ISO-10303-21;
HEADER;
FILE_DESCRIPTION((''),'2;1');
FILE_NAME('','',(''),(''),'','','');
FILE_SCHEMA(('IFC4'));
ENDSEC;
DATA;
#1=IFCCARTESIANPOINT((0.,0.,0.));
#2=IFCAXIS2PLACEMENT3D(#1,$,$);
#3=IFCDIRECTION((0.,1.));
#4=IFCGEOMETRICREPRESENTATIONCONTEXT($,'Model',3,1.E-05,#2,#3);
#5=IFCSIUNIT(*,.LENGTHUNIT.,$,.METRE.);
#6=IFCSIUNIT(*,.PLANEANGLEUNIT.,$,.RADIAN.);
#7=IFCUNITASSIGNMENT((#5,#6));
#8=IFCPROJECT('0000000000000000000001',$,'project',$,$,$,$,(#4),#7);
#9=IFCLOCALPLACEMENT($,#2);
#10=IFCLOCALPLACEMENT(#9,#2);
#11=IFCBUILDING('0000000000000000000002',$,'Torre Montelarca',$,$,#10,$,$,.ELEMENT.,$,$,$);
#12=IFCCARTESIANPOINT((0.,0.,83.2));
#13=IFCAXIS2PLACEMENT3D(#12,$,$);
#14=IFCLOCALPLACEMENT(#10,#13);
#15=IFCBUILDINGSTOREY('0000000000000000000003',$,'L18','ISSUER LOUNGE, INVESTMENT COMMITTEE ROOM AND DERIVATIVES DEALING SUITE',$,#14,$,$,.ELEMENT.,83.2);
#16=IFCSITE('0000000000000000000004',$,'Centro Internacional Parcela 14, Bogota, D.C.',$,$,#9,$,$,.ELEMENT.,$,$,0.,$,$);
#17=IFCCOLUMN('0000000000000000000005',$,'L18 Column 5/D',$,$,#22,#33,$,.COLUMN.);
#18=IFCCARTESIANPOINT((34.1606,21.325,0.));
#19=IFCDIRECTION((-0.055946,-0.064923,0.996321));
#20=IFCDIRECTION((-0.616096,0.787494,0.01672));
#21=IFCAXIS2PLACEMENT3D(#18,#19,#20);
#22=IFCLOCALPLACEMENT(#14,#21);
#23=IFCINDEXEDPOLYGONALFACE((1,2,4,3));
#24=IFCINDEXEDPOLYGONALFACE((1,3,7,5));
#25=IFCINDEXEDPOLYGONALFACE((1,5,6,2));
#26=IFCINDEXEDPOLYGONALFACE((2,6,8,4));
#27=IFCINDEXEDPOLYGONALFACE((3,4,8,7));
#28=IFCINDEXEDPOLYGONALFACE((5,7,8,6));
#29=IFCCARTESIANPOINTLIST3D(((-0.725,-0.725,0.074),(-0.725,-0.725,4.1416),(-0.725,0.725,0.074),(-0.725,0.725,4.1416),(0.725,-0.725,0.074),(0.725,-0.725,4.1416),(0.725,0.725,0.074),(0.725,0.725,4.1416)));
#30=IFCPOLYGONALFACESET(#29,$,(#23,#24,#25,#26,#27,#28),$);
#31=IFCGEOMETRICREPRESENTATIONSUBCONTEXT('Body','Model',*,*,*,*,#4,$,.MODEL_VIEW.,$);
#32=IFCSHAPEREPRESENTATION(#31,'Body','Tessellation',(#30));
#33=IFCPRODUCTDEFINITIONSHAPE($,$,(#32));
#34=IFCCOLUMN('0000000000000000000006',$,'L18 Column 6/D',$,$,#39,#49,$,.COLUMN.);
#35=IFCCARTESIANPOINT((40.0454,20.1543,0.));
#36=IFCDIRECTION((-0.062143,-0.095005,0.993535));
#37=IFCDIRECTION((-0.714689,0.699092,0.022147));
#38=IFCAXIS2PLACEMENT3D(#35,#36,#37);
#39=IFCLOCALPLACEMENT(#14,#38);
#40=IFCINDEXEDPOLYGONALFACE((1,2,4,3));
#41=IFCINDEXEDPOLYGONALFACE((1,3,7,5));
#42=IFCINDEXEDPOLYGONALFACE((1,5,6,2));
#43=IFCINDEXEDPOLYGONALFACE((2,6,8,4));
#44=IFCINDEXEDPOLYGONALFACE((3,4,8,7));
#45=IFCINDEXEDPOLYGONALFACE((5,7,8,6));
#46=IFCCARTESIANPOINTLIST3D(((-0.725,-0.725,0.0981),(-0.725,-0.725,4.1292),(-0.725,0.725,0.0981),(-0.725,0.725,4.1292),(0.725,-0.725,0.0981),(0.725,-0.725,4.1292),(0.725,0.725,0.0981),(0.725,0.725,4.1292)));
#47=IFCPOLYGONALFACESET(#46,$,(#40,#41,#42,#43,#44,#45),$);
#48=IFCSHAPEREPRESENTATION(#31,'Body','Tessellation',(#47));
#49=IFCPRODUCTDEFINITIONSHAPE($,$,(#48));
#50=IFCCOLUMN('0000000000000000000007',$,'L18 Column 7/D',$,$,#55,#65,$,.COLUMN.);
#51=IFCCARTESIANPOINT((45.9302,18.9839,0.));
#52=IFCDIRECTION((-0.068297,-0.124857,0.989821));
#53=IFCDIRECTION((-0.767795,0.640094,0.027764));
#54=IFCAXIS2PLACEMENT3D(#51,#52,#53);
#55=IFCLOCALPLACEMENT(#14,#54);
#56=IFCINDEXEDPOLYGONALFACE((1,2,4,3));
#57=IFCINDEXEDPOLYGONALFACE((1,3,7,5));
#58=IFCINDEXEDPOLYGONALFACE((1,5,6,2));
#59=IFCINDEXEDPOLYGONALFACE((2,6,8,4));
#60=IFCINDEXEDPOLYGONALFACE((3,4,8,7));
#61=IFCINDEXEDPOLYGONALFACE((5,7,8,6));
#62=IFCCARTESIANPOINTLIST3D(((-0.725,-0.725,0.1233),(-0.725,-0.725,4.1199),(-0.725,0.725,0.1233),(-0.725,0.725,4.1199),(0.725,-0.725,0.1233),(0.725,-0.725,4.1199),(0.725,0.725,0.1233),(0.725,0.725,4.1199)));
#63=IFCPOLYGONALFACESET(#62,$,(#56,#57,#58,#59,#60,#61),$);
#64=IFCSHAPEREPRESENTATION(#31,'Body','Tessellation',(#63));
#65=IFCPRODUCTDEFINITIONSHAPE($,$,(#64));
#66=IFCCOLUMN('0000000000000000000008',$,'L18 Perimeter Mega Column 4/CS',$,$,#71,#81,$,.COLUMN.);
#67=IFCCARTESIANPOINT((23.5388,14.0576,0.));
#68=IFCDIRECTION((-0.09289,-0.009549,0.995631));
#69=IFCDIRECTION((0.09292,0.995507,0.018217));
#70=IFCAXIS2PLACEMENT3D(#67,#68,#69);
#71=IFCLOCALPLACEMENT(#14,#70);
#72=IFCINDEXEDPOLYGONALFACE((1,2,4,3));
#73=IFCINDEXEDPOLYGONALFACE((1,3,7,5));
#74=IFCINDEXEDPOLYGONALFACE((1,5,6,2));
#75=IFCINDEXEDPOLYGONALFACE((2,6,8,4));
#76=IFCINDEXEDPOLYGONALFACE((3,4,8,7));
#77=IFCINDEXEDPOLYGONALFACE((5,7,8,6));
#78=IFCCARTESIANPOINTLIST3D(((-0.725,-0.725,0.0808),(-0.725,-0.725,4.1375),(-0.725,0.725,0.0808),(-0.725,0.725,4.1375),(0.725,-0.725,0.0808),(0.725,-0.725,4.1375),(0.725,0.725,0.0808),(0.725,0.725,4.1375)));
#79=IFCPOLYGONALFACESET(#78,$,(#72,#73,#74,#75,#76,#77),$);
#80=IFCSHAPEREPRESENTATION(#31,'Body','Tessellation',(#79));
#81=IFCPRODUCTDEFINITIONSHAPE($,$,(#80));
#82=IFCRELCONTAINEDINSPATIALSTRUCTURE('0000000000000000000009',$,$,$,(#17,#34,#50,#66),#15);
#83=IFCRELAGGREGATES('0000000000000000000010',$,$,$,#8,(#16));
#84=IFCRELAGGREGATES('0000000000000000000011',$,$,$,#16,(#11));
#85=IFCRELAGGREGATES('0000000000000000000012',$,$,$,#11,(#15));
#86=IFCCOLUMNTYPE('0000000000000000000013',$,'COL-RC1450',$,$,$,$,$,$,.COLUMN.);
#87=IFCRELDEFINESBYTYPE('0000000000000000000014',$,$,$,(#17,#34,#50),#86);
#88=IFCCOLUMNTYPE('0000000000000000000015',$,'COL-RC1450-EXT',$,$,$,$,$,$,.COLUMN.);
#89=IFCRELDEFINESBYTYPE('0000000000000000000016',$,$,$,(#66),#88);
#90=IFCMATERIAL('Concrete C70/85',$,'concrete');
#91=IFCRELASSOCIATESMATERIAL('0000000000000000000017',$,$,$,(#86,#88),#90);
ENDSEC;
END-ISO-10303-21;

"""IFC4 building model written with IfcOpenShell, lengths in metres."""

from ifc_helpers import new_model, si_unit, direction, frame, origin, origin_2d, place, context, subcontext, project, spatial, rectangle, extrude, clip, halfspace, material, material_profile, profile_set, type_object, element, save


model = new_model("IFC4")

# Units and contexts
model_context = context("Model", 3, precision=1e-05, world=origin(), true_north=direction((0.0, 1.0)))
body_context = subcontext(model_context, "Body", "Model", "MODEL_VIEW")
ifc_project = project(units=[si_unit("LENGTHUNIT", "METRE"), si_unit("PLANEANGLEUNIT", "RADIAN")], contexts=[model_context])

# Site, building, storey
site_placement = place(None, origin())
site = spatial("IfcSite", under=ifc_project, at=site_placement, Name="Centro Internacional Parcela 14, Bogota, D.C.", CompositionType="ELEMENT", RefElevation=0.0)
building_placement = place(site_placement, origin())
building = spatial("IfcBuilding", under=site, at=building_placement, Name="Torre Montelarca", CompositionType="ELEMENT")
storey_placement = place(building_placement, frame((0.0, 0.0, 83.2)))
storey = spatial("IfcBuildingStorey", under=building, at=storey_placement, Name="L18", Description="ISSUER LOUNGE, INVESTMENT COMMITTEE ROOM AND DERIVATIVES DEALING SUITE", CompositionType="ELEMENT", Elevation=83.2)

# Columns
ifc_material_1 = material(Name="Concrete C70/85", Category="concrete")
ifc_material_profile_1 = material_profile(ifc_material_1, rectangle(XDim=1.45, YDim=1.45, at=origin_2d()), Name="RC1450X1450", Category="concrete")
ifc_profile_set_1 = profile_set([ifc_material_profile_1], Name="Concrete C70/85")
column_type_1 = type_object("IfcColumnType", Name="COL-RC1450", PredefinedType="COLUMN", material=ifc_profile_set_1)
column_1_placement = place(storey_placement, frame((34.1606, 21.325, 0.0), z_axis=(-0.055946, -0.064923, 0.996321), x_axis=(-0.616096, 0.787494, 0.01672)))
element("IfcColumn", 1, at=column_1_placement, inside=storey, type_object=column_type_1, Name="L18 Column 5/D", PredefinedType="COLUMN", context=body_context, shape_type="Clipping", body=[
    clip(clip(extrude(rectangle(XDim=1.45, YDim=1.45, at=origin_2d()), origin(), (0.0, 0.0, 1.0), 4.2156), halfspace(frame((0.0, 0.0, 0.074), z_axis=(0.0, 0.0, -1.0), x_axis=(1.0, 0.0, 0.0)), False)), halfspace(frame((0.0, 0.0, 4.1416), z_axis=(0.0, 0.0, 1.0), x_axis=(1.0, 0.0, 0.0)), False)),
])
column_2_placement = place(storey_placement, frame((40.0454, 20.1543, 0.0), z_axis=(-0.062143, -0.095005, 0.993535), x_axis=(-0.714689, 0.699092, 0.022147)))
element("IfcColumn", 2, at=column_2_placement, inside=storey, type_object=column_type_1, Name="L18 Column 6/D", PredefinedType="COLUMN", context=body_context, shape_type="Clipping", body=[
    clip(clip(extrude(rectangle(XDim=1.45, YDim=1.45, at=origin_2d()), origin(), (0.0, 0.0, 1.0), 4.2273), halfspace(frame((0.0, 0.0, 0.0981), z_axis=(0.0, 0.0, -1.0), x_axis=(1.0, 0.0, 0.0)), False)), halfspace(frame((0.0, 0.0, 4.1292), z_axis=(0.0, 0.0, 1.0), x_axis=(1.0, 0.0, 0.0)), False)),
])
column_3_placement = place(storey_placement, frame((45.9302, 18.9839, 0.0), z_axis=(-0.068297, -0.124857, 0.989821), x_axis=(-0.767795, 0.640094, 0.027764)))
element("IfcColumn", 3, at=column_3_placement, inside=storey, type_object=column_type_1, Name="L18 Column 7/D", PredefinedType="COLUMN", context=body_context, shape_type="Clipping", body=[
    clip(clip(extrude(rectangle(XDim=1.45, YDim=1.45, at=origin_2d()), origin(), (0.0, 0.0, 1.0), 4.2432), halfspace(frame((0.0, 0.0, 0.1233), z_axis=(0.0, 0.0, -1.0), x_axis=(1.0, 0.0, 0.0)), False)), halfspace(frame((0.0, 0.0, 4.1199), z_axis=(0.0, 0.0, 1.0), x_axis=(1.0, 0.0, 0.0)), False)),
])
ifc_material_profile_2 = material_profile(ifc_material_1, rectangle(XDim=1.45, YDim=1.45, at=origin_2d()), Name="RC1450X1450", Category="concrete")
ifc_profile_set_2 = profile_set([ifc_material_profile_2], Name="Concrete C70/85")
column_type_2 = type_object("IfcColumnType", Name="COL-RC1450-EXT", PredefinedType="COLUMN", material=ifc_profile_set_2)
column_4_placement = place(storey_placement, frame((23.5388, 14.0576, 0.0), z_axis=(-0.09289, -0.009549, 0.995631), x_axis=(0.09292, 0.995507, 0.018217)))
element("IfcColumn", 4, at=column_4_placement, inside=storey, type_object=column_type_2, Name="L18 Perimeter Mega Column 4/CS", PredefinedType="COLUMN", context=body_context, shape_type="Clipping", body=[
    clip(clip(extrude(rectangle(XDim=1.45, YDim=1.45, at=origin_2d()), origin(), (0.0, 0.0, 1.0), 4.2183), halfspace(frame((0.0, 0.0, 0.0808), z_axis=(0.0, 0.0, -1.0), x_axis=(1.0, 0.0, 0.0)), False)), halfspace(frame((0.0, 0.0, 4.1375), z_axis=(0.0, 0.0, 1.0), x_axis=(1.0, 0.0, 0.0)), False)),
])

save(model, "model.ifc")
